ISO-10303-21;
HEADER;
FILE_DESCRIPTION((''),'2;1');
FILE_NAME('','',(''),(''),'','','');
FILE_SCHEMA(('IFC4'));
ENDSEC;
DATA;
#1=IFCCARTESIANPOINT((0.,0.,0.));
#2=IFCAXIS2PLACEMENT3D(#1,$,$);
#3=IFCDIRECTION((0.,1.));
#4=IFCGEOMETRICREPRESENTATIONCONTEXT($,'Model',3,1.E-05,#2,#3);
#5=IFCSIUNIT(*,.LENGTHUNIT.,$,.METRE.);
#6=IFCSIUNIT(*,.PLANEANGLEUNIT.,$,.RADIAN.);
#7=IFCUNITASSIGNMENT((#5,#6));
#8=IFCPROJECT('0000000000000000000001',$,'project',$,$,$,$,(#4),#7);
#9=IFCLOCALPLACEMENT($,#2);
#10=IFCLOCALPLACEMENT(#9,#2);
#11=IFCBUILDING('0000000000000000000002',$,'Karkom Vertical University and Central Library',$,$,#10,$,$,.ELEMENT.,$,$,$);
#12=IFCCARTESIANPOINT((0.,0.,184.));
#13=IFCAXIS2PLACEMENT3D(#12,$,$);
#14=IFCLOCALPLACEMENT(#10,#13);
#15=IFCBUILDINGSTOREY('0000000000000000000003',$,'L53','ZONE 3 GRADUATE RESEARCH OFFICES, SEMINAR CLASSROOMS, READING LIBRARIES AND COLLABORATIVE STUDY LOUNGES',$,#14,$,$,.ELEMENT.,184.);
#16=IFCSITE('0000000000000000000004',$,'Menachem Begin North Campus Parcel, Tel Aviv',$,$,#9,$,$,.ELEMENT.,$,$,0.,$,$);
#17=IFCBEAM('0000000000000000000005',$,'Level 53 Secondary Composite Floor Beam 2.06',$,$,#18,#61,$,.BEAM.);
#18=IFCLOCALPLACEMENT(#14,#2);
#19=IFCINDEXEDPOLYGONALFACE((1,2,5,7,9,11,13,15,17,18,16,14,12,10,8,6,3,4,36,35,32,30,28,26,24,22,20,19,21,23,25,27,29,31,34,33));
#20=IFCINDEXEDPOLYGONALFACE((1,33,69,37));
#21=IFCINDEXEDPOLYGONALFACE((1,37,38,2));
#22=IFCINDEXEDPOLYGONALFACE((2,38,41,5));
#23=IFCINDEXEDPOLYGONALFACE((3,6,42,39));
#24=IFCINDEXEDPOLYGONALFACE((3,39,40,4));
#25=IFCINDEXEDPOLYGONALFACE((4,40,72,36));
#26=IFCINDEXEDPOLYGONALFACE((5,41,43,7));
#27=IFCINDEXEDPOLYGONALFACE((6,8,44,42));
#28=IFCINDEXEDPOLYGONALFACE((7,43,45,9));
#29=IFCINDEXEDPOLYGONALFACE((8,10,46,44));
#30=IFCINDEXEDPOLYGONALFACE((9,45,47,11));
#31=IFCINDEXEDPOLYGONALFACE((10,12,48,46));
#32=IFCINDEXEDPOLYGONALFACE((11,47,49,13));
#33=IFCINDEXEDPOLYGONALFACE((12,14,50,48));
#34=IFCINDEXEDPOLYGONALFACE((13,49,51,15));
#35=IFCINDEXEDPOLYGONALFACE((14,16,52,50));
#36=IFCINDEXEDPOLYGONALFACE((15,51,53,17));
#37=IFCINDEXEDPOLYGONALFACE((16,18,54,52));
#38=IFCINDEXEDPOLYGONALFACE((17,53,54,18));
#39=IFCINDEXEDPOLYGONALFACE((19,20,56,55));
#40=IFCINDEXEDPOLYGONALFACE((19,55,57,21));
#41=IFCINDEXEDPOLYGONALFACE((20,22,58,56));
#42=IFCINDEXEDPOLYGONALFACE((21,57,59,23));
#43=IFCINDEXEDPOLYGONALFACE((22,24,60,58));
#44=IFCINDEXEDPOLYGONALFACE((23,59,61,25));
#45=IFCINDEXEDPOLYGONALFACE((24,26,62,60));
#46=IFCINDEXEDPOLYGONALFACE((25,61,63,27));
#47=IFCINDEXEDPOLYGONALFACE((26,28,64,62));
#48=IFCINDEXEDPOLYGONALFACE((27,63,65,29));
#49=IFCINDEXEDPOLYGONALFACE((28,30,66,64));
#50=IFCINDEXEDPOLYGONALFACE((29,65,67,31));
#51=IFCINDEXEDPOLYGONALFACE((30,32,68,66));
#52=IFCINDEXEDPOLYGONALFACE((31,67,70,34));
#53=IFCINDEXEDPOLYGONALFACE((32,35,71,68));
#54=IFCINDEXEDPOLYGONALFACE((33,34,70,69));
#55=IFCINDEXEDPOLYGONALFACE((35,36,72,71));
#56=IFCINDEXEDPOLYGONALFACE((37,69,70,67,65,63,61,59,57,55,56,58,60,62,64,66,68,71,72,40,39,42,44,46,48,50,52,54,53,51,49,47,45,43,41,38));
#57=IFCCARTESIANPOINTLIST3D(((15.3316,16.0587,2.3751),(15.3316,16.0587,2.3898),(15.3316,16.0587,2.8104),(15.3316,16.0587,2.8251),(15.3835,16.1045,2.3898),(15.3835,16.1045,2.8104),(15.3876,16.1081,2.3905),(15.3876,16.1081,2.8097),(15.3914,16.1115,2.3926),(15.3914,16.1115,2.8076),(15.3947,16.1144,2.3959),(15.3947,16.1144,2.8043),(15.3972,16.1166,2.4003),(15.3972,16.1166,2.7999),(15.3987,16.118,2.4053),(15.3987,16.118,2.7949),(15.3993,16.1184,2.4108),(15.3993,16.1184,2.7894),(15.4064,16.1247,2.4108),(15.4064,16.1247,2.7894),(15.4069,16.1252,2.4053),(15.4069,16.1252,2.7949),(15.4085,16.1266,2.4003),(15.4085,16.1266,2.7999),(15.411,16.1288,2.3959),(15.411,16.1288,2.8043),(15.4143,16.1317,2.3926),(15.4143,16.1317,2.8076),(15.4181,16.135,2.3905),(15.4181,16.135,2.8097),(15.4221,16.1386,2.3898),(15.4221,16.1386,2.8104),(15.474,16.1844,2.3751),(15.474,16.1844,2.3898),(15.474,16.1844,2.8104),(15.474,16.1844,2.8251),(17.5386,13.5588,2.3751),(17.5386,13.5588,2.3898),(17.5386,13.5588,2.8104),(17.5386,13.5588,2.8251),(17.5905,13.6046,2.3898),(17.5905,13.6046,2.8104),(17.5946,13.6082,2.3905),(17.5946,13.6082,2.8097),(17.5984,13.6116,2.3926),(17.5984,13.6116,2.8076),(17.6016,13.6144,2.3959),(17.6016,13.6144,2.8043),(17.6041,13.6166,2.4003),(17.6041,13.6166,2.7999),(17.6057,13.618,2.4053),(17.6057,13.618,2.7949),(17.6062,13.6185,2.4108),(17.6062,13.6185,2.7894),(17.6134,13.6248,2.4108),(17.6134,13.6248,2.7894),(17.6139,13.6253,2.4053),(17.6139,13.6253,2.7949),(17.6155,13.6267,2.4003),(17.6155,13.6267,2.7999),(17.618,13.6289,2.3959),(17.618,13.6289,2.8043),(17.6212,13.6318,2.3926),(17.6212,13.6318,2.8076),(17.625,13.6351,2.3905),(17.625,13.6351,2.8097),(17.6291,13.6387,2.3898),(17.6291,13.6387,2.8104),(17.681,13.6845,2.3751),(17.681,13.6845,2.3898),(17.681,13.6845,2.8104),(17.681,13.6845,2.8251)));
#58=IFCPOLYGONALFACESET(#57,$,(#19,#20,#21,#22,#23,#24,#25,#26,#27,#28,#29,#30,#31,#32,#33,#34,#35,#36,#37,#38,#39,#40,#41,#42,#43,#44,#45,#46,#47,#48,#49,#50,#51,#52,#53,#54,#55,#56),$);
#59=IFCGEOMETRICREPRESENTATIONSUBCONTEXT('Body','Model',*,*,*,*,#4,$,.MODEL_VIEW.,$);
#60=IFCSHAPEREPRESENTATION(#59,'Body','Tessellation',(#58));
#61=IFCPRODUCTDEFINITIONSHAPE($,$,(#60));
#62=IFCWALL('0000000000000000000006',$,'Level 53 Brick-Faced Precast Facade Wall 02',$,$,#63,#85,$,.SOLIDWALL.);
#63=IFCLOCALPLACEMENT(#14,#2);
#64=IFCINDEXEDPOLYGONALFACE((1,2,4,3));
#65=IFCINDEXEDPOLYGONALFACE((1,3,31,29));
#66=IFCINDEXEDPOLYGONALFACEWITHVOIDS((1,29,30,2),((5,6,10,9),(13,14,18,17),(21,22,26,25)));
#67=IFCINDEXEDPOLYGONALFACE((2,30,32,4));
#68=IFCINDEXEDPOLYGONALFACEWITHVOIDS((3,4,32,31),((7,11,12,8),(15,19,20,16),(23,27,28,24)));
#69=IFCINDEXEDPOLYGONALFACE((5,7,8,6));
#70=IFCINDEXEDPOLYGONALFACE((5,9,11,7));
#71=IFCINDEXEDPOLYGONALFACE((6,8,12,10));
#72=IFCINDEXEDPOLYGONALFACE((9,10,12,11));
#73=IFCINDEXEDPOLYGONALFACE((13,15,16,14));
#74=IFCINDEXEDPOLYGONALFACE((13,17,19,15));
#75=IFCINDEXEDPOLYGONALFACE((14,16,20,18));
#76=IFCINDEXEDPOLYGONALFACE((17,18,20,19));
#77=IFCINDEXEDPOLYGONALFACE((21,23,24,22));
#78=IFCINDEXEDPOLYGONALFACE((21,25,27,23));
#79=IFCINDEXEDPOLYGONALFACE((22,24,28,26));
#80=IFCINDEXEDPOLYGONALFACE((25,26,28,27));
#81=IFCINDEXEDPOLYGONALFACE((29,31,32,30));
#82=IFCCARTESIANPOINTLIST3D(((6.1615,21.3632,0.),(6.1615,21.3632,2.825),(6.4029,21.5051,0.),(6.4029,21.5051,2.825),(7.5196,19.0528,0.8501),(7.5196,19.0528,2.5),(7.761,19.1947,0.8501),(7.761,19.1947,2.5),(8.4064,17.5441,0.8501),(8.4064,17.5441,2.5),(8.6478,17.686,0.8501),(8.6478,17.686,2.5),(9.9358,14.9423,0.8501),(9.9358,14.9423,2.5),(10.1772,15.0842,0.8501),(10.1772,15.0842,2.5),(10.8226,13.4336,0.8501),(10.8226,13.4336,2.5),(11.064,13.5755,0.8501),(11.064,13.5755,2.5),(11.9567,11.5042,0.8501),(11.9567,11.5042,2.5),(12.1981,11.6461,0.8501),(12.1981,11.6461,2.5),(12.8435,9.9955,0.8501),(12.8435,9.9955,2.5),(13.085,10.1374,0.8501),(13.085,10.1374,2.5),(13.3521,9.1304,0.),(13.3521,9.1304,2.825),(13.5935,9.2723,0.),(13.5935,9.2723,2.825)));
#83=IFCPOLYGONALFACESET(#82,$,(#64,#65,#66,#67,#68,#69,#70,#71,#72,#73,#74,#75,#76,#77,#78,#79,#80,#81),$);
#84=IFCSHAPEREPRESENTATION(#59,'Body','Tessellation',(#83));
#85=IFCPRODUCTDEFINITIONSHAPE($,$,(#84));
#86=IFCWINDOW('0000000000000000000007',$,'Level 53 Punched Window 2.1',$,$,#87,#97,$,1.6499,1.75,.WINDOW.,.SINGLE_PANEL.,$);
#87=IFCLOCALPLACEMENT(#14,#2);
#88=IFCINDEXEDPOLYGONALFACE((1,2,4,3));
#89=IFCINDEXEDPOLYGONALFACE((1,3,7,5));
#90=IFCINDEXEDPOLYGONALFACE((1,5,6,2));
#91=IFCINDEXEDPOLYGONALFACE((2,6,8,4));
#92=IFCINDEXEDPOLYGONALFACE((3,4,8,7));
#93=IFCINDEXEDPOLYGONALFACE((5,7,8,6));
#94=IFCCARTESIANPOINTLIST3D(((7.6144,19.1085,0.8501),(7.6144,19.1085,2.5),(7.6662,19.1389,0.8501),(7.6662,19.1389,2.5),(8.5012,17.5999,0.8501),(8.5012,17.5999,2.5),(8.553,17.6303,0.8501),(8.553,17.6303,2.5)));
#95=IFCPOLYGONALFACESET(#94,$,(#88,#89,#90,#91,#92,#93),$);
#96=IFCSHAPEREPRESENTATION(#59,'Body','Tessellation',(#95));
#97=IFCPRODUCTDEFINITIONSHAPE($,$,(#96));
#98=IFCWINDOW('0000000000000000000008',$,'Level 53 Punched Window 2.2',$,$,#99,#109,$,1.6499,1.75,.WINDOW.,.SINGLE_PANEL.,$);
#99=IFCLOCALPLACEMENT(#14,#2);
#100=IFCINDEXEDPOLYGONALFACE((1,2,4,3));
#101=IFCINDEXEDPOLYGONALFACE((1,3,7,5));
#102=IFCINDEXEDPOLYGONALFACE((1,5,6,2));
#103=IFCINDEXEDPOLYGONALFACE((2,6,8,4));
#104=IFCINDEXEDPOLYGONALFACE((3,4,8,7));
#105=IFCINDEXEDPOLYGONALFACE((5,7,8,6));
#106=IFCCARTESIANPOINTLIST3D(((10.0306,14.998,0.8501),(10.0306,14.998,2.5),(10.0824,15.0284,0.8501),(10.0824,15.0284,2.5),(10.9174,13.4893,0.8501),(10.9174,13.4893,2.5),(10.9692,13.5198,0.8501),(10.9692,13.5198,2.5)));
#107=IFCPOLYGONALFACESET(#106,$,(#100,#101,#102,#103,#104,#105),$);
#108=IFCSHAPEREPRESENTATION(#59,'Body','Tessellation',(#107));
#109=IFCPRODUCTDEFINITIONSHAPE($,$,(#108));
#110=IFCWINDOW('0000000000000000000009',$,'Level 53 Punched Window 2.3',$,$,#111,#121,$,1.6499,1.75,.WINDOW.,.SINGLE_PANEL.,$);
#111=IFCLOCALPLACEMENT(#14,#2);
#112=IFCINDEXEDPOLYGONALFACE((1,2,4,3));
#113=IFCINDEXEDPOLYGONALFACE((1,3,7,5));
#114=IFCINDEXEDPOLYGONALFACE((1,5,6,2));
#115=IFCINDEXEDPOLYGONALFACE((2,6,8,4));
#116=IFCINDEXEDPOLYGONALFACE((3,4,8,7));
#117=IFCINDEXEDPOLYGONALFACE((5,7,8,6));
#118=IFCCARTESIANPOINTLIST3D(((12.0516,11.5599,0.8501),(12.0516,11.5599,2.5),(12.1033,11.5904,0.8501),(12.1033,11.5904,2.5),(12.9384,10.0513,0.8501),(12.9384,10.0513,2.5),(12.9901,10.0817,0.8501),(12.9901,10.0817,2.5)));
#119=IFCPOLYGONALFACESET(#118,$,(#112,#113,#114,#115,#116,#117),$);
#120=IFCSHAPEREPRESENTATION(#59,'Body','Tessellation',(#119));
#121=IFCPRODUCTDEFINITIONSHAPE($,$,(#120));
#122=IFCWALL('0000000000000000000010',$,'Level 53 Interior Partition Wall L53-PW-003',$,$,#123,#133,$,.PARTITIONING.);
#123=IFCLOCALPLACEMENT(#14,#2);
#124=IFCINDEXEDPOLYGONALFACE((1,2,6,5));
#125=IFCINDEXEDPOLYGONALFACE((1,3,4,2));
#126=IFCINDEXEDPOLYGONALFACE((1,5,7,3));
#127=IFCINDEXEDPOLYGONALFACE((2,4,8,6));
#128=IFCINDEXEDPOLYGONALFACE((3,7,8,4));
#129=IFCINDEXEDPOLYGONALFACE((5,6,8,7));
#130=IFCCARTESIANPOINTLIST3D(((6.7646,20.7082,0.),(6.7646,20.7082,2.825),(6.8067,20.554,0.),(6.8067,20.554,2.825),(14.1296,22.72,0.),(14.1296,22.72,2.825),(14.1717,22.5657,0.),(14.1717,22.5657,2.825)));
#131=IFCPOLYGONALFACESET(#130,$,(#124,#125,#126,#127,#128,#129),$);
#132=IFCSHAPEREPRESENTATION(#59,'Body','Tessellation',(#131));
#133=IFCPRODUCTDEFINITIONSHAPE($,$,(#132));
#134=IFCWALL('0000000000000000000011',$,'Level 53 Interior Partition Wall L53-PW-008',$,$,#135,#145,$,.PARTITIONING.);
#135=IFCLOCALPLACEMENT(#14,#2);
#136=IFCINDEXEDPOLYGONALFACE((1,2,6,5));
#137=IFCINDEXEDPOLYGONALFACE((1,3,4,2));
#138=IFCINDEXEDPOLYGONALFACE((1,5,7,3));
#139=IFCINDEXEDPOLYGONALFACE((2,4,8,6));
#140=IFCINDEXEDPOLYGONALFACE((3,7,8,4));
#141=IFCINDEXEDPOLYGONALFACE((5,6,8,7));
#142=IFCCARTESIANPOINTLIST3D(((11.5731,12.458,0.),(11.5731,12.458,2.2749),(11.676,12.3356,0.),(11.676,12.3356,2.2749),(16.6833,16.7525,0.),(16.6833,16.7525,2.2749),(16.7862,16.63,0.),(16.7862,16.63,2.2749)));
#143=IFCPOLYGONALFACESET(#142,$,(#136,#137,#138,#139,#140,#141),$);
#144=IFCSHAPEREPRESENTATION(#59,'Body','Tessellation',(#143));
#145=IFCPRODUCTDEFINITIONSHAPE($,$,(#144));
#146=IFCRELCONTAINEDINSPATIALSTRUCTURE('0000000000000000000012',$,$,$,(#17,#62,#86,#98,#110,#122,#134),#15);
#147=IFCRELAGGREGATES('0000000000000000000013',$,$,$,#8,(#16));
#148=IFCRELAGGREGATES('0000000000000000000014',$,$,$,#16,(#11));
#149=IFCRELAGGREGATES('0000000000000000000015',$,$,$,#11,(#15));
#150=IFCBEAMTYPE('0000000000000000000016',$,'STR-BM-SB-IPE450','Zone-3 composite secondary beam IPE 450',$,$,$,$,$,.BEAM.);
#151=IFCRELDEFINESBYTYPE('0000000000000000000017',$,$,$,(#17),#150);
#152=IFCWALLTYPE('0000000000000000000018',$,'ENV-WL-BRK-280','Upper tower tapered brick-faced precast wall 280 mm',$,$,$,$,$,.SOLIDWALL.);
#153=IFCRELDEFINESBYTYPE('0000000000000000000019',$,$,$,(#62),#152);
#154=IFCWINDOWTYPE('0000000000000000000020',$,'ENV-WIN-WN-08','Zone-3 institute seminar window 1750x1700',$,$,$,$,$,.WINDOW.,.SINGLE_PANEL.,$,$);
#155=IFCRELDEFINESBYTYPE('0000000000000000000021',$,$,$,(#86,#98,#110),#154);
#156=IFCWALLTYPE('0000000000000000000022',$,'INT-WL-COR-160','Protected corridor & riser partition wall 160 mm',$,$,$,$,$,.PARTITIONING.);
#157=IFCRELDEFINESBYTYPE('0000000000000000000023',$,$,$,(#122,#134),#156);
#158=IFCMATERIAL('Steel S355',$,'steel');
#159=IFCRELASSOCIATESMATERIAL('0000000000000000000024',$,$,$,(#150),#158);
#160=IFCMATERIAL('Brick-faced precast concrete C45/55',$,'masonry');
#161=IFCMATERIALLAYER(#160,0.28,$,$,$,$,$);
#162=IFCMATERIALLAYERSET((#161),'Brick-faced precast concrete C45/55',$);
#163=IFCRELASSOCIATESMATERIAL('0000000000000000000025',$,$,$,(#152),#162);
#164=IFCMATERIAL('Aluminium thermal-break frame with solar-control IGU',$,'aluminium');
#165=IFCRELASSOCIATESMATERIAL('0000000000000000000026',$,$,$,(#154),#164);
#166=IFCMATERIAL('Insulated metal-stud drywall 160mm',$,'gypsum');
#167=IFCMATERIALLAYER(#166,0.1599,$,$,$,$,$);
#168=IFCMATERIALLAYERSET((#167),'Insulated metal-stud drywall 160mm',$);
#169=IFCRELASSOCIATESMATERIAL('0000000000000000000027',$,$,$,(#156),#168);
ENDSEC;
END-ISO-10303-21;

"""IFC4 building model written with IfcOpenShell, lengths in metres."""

from ifc_helpers import new_model, si_unit, direction, frame, frame_2d, origin, origin_with_axes, origin_2d, place, context, subcontext, project, spatial, rectangle, i_section, extrude, source, transform, mapped, material, layer, layer_set, material_profile, profile_set, type_object, element, fill, save


model = new_model("IFC4")

# Units and contexts
model_context = context("Model", 3, precision=1e-05, world=origin(), true_north=direction((0.0, 1.0)))
body_context = subcontext(model_context, "Body", "Model", "MODEL_VIEW")
ifc_project = project(units=[si_unit("LENGTHUNIT", "METRE"), si_unit("PLANEANGLEUNIT", "RADIAN")], contexts=[model_context])

# Site, building, storey
site_placement = place(None, origin())
site = spatial("IfcSite", under=ifc_project, at=site_placement, Name="Menachem Begin North Campus Parcel, Tel Aviv", CompositionType="ELEMENT", RefElevation=0.0)
building_placement = place(site_placement, origin())
building = spatial("IfcBuilding", under=site, at=building_placement, Name="Karkom Vertical University and Central Library", CompositionType="ELEMENT")
storey_placement = place(building_placement, frame((0.0, 0.0, 184.0)))
storey = spatial("IfcBuildingStorey", under=building, at=storey_placement, Name="L53", Description="ZONE 3 GRADUATE RESEARCH OFFICES, SEMINAR CLASSROOMS, READING LIBRARIES AND COLLABORATIVE STUDY LOUNGES", CompositionType="ELEMENT", Elevation=184.0)

# Beam
ifc_material_1 = material(Name="Steel S355", Category="steel")
ifc_material_profile_1 = material_profile(ifc_material_1, i_section(OverallWidth=0.1899, OverallDepth=0.45, WebThickness=0.0095, FlangeThickness=0.0146, FilletRadius=0.021, at=origin_2d()), Name="IPE 450")
ifc_profile_set_1 = profile_set([ifc_material_profile_1], Name="Steel S355")
beam_type = type_object("IfcBeamType", Name="STR-BM-SB-IPE450", Description="Zone-3 composite secondary beam IPE 450", PredefinedType="BEAM", material=ifc_profile_set_1)
shared_shape_1 = source(origin_with_axes(), body_context, "Body", "SweptSolid", [
    extrude(i_section(OverallWidth=0.1899, OverallDepth=0.45, WebThickness=0.0095, FlangeThickness=0.0146, FilletRadius=0.021, at=origin_2d()), origin(), (0.0, 0.0, 1.0), 3.3347),
])
beam_1_placement = place(storey_placement, frame((15.4028, 16.1216, 2.6001), z_axis=(0.661815, -0.749667, 0.0), x_axis=(0.749667, 0.661815, 0.0)))
element("IfcBeam", 1, at=beam_1_placement, inside=storey, type_object=beam_type, Name="Level 53 Secondary Composite Floor Beam 2.06", PredefinedType="BEAM", context=body_context, shape_type="MappedRepresentation", body=[
    mapped(shared_shape_1, transform((0.0, 0.0, 0.0), scale=1.0)),
])

# Wall, openings, windows
ifc_material_2 = material(Name="Brick-faced precast concrete C45/55", Category="masonry")
ifc_layer_1 = layer(ifc_material_2, 0.28)
ifc_layer_set_1 = layer_set([ifc_layer_1], Name="Brick-faced precast concrete C45/55")
wall_type_1 = type_object("IfcWallType", Name="ENV-WL-BRK-280", Description="Upper tower tapered brick-faced precast wall 280 mm", PredefinedType="SOLIDWALL", material=ifc_layer_set_1)
wall_1_placement = place(storey_placement, frame((6.2822, 21.4341, 0.0), z_axis=(0.0, 0.0, 1.0), x_axis=(0.50675, -0.862093, 0.0)))
wall_1 = element("IfcWall", 2, at=wall_1_placement, inside=storey, type_object=wall_type_1, Name="Level 53 Brick-Faced Precast Facade Wall 02", PredefinedType="SOLIDWALL", context=body_context, shape_type="SweptSolid", body=[
    extrude(rectangle(XDim=14.1897, YDim=0.28, at=frame_2d((7.0947, 0.0))), origin(), (0.0, 0.0, 1.0), 2.825),
])
opening_1_placement = place(wall_1_placement, frame((2.6799, 0.0, 0.8501)))
opening_1 = element("IfcOpeningElement", 3, at=opening_1_placement, cuts=wall_1, PredefinedType="OPENING", context=body_context, shape_type="SweptSolid", body=[
    extrude(rectangle(XDim=1.75, YDim=1.6499, at=frame_2d((0.875, 0.825))), frame((0.0, 0.1499, 0.0), z_axis=(0.0, -1.0, 0.0), x_axis=(1.0, 0.0, 0.0)), (0.0, 0.0, 1.0), 0.3),
])
opening_2_placement = place(wall_1_placement, frame((7.448, 0.0, 0.8501)))
opening_2 = element("IfcOpeningElement", 4, at=opening_2_placement, cuts=wall_1, PredefinedType="OPENING", context=body_context, shape_type="SweptSolid", body=[
    extrude(rectangle(XDim=1.75, YDim=1.6499, at=frame_2d((0.875, 0.825))), frame((0.0, 0.1499, 0.0), z_axis=(0.0, -1.0, 0.0), x_axis=(1.0, 0.0, 0.0)), (0.0, 0.0, 1.0), 0.3),
])
opening_3_placement = place(wall_1_placement, frame((11.436, 0.0, 0.8501)))
opening_3 = element("IfcOpeningElement", 5, at=opening_3_placement, cuts=wall_1, PredefinedType="OPENING", context=body_context, shape_type="SweptSolid", body=[
    extrude(rectangle(XDim=1.75, YDim=1.6499, at=frame_2d((0.875, 0.825))), frame((0.0, 0.1499, 0.0), z_axis=(0.0, -1.0, 0.0), x_axis=(1.0, 0.0, 0.0)), (0.0, 0.0, 1.0), 0.3),
])
ifc_material_3 = material(Name="Aluminium thermal-break frame with solar-control IGU", Category="aluminium")
window_type = type_object("IfcWindowType", Name="ENV-WIN-WN-08", Description="Zone-3 institute seminar window 1750x1700", PartitioningType="SINGLE_PANEL", PredefinedType="WINDOW", material=ifc_material_3)
shared_shape_2 = source(origin_with_axes(), body_context, "Body", "SweptSolid", [
    extrude(rectangle(XDim=1.75, YDim=1.6499, at=frame_2d((0.875, 0.825))), frame((0.0, 0.03, 0.0), z_axis=(0.0, -1.0, 0.0), x_axis=(1.0, 0.0, 0.0)), (0.0, 0.0, 1.0), 0.0601),
])
window_1_placement = place(opening_1_placement, origin())
window_1 = element("IfcWindow", 6, at=window_1_placement, inside=storey, type_object=window_type, Name="Level 53 Punched Window 2.1", OverallHeight=1.6499, OverallWidth=1.75, PartitioningType="SINGLE_PANEL", PredefinedType="WINDOW", context=body_context, shape_type="MappedRepresentation", body=[
    mapped(shared_shape_2, transform((0.0, 0.0, 0.0), scale=1.0)),
])
fill(opening_1, window_1)
window_2_placement = place(opening_2_placement, origin())
window_2 = element("IfcWindow", 7, at=window_2_placement, inside=storey, type_object=window_type, Name="Level 53 Punched Window 2.2", OverallHeight=1.6499, OverallWidth=1.75, PartitioningType="SINGLE_PANEL", PredefinedType="WINDOW", context=body_context, shape_type="MappedRepresentation", body=[
    mapped(shared_shape_2, transform((0.0, 0.0, 0.0), scale=1.0)),
])
fill(opening_2, window_2)
window_3_placement = place(opening_3_placement, origin())
window_3 = element("IfcWindow", 8, at=window_3_placement, inside=storey, type_object=window_type, Name="Level 53 Punched Window 2.3", OverallHeight=1.6499, OverallWidth=1.75, PartitioningType="SINGLE_PANEL", PredefinedType="WINDOW", context=body_context, shape_type="MappedRepresentation", body=[
    mapped(shared_shape_2, transform((0.0, 0.0, 0.0), scale=1.0)),
])
fill(opening_3, window_3)

# Shared definitions
ifc_material_4 = material(Name="Insulated metal-stud drywall 160mm", Category="gypsum")
ifc_layer_2 = layer(ifc_material_4, 0.1599)
ifc_layer_set_2 = layer_set([ifc_layer_2], Name="Insulated metal-stud drywall 160mm")
wall_type_2 = type_object("IfcWallType", Name="INT-WL-COR-160", Description="Protected corridor & riser partition wall 160 mm", PredefinedType="PARTITIONING", material=ifc_layer_set_2)

# Walls
wall_2_placement = place(storey_placement, frame((14.1506, 22.6428, 0.0), z_axis=(0.0, 0.0, 1.0), x_axis=(-0.964661, -0.263493, 0.0)))
element("IfcWall", 9, at=wall_2_placement, inside=storey, type_object=wall_type_2, Name="Level 53 Interior Partition Wall L53-PW-003", PredefinedType="PARTITIONING", context=body_context, shape_type="SweptSolid", body=[
    extrude(rectangle(XDim=7.6348, YDim=0.1599, at=frame_2d((3.8174, 0.0))), origin(), (0.0, 0.0, 1.0), 2.825),
])
wall_3_placement = place(storey_placement, frame((16.7346, 16.6912, 0.0), z_axis=(0.0, 0.0, 1.0), x_axis=(-0.765561, -0.643363, 0.0)))
element("IfcWall", 10, at=wall_3_placement, inside=storey, type_object=wall_type_2, Name="Level 53 Interior Partition Wall L53-PW-008", PredefinedType="PARTITIONING", context=body_context, shape_type="SweptSolid", body=[
    extrude(rectangle(XDim=6.675, YDim=0.1599, at=frame_2d((3.3374, 0.0))), origin(), (0.0, 0.0, 1.0), 2.2749),
])

save(model, "model.ifc")
